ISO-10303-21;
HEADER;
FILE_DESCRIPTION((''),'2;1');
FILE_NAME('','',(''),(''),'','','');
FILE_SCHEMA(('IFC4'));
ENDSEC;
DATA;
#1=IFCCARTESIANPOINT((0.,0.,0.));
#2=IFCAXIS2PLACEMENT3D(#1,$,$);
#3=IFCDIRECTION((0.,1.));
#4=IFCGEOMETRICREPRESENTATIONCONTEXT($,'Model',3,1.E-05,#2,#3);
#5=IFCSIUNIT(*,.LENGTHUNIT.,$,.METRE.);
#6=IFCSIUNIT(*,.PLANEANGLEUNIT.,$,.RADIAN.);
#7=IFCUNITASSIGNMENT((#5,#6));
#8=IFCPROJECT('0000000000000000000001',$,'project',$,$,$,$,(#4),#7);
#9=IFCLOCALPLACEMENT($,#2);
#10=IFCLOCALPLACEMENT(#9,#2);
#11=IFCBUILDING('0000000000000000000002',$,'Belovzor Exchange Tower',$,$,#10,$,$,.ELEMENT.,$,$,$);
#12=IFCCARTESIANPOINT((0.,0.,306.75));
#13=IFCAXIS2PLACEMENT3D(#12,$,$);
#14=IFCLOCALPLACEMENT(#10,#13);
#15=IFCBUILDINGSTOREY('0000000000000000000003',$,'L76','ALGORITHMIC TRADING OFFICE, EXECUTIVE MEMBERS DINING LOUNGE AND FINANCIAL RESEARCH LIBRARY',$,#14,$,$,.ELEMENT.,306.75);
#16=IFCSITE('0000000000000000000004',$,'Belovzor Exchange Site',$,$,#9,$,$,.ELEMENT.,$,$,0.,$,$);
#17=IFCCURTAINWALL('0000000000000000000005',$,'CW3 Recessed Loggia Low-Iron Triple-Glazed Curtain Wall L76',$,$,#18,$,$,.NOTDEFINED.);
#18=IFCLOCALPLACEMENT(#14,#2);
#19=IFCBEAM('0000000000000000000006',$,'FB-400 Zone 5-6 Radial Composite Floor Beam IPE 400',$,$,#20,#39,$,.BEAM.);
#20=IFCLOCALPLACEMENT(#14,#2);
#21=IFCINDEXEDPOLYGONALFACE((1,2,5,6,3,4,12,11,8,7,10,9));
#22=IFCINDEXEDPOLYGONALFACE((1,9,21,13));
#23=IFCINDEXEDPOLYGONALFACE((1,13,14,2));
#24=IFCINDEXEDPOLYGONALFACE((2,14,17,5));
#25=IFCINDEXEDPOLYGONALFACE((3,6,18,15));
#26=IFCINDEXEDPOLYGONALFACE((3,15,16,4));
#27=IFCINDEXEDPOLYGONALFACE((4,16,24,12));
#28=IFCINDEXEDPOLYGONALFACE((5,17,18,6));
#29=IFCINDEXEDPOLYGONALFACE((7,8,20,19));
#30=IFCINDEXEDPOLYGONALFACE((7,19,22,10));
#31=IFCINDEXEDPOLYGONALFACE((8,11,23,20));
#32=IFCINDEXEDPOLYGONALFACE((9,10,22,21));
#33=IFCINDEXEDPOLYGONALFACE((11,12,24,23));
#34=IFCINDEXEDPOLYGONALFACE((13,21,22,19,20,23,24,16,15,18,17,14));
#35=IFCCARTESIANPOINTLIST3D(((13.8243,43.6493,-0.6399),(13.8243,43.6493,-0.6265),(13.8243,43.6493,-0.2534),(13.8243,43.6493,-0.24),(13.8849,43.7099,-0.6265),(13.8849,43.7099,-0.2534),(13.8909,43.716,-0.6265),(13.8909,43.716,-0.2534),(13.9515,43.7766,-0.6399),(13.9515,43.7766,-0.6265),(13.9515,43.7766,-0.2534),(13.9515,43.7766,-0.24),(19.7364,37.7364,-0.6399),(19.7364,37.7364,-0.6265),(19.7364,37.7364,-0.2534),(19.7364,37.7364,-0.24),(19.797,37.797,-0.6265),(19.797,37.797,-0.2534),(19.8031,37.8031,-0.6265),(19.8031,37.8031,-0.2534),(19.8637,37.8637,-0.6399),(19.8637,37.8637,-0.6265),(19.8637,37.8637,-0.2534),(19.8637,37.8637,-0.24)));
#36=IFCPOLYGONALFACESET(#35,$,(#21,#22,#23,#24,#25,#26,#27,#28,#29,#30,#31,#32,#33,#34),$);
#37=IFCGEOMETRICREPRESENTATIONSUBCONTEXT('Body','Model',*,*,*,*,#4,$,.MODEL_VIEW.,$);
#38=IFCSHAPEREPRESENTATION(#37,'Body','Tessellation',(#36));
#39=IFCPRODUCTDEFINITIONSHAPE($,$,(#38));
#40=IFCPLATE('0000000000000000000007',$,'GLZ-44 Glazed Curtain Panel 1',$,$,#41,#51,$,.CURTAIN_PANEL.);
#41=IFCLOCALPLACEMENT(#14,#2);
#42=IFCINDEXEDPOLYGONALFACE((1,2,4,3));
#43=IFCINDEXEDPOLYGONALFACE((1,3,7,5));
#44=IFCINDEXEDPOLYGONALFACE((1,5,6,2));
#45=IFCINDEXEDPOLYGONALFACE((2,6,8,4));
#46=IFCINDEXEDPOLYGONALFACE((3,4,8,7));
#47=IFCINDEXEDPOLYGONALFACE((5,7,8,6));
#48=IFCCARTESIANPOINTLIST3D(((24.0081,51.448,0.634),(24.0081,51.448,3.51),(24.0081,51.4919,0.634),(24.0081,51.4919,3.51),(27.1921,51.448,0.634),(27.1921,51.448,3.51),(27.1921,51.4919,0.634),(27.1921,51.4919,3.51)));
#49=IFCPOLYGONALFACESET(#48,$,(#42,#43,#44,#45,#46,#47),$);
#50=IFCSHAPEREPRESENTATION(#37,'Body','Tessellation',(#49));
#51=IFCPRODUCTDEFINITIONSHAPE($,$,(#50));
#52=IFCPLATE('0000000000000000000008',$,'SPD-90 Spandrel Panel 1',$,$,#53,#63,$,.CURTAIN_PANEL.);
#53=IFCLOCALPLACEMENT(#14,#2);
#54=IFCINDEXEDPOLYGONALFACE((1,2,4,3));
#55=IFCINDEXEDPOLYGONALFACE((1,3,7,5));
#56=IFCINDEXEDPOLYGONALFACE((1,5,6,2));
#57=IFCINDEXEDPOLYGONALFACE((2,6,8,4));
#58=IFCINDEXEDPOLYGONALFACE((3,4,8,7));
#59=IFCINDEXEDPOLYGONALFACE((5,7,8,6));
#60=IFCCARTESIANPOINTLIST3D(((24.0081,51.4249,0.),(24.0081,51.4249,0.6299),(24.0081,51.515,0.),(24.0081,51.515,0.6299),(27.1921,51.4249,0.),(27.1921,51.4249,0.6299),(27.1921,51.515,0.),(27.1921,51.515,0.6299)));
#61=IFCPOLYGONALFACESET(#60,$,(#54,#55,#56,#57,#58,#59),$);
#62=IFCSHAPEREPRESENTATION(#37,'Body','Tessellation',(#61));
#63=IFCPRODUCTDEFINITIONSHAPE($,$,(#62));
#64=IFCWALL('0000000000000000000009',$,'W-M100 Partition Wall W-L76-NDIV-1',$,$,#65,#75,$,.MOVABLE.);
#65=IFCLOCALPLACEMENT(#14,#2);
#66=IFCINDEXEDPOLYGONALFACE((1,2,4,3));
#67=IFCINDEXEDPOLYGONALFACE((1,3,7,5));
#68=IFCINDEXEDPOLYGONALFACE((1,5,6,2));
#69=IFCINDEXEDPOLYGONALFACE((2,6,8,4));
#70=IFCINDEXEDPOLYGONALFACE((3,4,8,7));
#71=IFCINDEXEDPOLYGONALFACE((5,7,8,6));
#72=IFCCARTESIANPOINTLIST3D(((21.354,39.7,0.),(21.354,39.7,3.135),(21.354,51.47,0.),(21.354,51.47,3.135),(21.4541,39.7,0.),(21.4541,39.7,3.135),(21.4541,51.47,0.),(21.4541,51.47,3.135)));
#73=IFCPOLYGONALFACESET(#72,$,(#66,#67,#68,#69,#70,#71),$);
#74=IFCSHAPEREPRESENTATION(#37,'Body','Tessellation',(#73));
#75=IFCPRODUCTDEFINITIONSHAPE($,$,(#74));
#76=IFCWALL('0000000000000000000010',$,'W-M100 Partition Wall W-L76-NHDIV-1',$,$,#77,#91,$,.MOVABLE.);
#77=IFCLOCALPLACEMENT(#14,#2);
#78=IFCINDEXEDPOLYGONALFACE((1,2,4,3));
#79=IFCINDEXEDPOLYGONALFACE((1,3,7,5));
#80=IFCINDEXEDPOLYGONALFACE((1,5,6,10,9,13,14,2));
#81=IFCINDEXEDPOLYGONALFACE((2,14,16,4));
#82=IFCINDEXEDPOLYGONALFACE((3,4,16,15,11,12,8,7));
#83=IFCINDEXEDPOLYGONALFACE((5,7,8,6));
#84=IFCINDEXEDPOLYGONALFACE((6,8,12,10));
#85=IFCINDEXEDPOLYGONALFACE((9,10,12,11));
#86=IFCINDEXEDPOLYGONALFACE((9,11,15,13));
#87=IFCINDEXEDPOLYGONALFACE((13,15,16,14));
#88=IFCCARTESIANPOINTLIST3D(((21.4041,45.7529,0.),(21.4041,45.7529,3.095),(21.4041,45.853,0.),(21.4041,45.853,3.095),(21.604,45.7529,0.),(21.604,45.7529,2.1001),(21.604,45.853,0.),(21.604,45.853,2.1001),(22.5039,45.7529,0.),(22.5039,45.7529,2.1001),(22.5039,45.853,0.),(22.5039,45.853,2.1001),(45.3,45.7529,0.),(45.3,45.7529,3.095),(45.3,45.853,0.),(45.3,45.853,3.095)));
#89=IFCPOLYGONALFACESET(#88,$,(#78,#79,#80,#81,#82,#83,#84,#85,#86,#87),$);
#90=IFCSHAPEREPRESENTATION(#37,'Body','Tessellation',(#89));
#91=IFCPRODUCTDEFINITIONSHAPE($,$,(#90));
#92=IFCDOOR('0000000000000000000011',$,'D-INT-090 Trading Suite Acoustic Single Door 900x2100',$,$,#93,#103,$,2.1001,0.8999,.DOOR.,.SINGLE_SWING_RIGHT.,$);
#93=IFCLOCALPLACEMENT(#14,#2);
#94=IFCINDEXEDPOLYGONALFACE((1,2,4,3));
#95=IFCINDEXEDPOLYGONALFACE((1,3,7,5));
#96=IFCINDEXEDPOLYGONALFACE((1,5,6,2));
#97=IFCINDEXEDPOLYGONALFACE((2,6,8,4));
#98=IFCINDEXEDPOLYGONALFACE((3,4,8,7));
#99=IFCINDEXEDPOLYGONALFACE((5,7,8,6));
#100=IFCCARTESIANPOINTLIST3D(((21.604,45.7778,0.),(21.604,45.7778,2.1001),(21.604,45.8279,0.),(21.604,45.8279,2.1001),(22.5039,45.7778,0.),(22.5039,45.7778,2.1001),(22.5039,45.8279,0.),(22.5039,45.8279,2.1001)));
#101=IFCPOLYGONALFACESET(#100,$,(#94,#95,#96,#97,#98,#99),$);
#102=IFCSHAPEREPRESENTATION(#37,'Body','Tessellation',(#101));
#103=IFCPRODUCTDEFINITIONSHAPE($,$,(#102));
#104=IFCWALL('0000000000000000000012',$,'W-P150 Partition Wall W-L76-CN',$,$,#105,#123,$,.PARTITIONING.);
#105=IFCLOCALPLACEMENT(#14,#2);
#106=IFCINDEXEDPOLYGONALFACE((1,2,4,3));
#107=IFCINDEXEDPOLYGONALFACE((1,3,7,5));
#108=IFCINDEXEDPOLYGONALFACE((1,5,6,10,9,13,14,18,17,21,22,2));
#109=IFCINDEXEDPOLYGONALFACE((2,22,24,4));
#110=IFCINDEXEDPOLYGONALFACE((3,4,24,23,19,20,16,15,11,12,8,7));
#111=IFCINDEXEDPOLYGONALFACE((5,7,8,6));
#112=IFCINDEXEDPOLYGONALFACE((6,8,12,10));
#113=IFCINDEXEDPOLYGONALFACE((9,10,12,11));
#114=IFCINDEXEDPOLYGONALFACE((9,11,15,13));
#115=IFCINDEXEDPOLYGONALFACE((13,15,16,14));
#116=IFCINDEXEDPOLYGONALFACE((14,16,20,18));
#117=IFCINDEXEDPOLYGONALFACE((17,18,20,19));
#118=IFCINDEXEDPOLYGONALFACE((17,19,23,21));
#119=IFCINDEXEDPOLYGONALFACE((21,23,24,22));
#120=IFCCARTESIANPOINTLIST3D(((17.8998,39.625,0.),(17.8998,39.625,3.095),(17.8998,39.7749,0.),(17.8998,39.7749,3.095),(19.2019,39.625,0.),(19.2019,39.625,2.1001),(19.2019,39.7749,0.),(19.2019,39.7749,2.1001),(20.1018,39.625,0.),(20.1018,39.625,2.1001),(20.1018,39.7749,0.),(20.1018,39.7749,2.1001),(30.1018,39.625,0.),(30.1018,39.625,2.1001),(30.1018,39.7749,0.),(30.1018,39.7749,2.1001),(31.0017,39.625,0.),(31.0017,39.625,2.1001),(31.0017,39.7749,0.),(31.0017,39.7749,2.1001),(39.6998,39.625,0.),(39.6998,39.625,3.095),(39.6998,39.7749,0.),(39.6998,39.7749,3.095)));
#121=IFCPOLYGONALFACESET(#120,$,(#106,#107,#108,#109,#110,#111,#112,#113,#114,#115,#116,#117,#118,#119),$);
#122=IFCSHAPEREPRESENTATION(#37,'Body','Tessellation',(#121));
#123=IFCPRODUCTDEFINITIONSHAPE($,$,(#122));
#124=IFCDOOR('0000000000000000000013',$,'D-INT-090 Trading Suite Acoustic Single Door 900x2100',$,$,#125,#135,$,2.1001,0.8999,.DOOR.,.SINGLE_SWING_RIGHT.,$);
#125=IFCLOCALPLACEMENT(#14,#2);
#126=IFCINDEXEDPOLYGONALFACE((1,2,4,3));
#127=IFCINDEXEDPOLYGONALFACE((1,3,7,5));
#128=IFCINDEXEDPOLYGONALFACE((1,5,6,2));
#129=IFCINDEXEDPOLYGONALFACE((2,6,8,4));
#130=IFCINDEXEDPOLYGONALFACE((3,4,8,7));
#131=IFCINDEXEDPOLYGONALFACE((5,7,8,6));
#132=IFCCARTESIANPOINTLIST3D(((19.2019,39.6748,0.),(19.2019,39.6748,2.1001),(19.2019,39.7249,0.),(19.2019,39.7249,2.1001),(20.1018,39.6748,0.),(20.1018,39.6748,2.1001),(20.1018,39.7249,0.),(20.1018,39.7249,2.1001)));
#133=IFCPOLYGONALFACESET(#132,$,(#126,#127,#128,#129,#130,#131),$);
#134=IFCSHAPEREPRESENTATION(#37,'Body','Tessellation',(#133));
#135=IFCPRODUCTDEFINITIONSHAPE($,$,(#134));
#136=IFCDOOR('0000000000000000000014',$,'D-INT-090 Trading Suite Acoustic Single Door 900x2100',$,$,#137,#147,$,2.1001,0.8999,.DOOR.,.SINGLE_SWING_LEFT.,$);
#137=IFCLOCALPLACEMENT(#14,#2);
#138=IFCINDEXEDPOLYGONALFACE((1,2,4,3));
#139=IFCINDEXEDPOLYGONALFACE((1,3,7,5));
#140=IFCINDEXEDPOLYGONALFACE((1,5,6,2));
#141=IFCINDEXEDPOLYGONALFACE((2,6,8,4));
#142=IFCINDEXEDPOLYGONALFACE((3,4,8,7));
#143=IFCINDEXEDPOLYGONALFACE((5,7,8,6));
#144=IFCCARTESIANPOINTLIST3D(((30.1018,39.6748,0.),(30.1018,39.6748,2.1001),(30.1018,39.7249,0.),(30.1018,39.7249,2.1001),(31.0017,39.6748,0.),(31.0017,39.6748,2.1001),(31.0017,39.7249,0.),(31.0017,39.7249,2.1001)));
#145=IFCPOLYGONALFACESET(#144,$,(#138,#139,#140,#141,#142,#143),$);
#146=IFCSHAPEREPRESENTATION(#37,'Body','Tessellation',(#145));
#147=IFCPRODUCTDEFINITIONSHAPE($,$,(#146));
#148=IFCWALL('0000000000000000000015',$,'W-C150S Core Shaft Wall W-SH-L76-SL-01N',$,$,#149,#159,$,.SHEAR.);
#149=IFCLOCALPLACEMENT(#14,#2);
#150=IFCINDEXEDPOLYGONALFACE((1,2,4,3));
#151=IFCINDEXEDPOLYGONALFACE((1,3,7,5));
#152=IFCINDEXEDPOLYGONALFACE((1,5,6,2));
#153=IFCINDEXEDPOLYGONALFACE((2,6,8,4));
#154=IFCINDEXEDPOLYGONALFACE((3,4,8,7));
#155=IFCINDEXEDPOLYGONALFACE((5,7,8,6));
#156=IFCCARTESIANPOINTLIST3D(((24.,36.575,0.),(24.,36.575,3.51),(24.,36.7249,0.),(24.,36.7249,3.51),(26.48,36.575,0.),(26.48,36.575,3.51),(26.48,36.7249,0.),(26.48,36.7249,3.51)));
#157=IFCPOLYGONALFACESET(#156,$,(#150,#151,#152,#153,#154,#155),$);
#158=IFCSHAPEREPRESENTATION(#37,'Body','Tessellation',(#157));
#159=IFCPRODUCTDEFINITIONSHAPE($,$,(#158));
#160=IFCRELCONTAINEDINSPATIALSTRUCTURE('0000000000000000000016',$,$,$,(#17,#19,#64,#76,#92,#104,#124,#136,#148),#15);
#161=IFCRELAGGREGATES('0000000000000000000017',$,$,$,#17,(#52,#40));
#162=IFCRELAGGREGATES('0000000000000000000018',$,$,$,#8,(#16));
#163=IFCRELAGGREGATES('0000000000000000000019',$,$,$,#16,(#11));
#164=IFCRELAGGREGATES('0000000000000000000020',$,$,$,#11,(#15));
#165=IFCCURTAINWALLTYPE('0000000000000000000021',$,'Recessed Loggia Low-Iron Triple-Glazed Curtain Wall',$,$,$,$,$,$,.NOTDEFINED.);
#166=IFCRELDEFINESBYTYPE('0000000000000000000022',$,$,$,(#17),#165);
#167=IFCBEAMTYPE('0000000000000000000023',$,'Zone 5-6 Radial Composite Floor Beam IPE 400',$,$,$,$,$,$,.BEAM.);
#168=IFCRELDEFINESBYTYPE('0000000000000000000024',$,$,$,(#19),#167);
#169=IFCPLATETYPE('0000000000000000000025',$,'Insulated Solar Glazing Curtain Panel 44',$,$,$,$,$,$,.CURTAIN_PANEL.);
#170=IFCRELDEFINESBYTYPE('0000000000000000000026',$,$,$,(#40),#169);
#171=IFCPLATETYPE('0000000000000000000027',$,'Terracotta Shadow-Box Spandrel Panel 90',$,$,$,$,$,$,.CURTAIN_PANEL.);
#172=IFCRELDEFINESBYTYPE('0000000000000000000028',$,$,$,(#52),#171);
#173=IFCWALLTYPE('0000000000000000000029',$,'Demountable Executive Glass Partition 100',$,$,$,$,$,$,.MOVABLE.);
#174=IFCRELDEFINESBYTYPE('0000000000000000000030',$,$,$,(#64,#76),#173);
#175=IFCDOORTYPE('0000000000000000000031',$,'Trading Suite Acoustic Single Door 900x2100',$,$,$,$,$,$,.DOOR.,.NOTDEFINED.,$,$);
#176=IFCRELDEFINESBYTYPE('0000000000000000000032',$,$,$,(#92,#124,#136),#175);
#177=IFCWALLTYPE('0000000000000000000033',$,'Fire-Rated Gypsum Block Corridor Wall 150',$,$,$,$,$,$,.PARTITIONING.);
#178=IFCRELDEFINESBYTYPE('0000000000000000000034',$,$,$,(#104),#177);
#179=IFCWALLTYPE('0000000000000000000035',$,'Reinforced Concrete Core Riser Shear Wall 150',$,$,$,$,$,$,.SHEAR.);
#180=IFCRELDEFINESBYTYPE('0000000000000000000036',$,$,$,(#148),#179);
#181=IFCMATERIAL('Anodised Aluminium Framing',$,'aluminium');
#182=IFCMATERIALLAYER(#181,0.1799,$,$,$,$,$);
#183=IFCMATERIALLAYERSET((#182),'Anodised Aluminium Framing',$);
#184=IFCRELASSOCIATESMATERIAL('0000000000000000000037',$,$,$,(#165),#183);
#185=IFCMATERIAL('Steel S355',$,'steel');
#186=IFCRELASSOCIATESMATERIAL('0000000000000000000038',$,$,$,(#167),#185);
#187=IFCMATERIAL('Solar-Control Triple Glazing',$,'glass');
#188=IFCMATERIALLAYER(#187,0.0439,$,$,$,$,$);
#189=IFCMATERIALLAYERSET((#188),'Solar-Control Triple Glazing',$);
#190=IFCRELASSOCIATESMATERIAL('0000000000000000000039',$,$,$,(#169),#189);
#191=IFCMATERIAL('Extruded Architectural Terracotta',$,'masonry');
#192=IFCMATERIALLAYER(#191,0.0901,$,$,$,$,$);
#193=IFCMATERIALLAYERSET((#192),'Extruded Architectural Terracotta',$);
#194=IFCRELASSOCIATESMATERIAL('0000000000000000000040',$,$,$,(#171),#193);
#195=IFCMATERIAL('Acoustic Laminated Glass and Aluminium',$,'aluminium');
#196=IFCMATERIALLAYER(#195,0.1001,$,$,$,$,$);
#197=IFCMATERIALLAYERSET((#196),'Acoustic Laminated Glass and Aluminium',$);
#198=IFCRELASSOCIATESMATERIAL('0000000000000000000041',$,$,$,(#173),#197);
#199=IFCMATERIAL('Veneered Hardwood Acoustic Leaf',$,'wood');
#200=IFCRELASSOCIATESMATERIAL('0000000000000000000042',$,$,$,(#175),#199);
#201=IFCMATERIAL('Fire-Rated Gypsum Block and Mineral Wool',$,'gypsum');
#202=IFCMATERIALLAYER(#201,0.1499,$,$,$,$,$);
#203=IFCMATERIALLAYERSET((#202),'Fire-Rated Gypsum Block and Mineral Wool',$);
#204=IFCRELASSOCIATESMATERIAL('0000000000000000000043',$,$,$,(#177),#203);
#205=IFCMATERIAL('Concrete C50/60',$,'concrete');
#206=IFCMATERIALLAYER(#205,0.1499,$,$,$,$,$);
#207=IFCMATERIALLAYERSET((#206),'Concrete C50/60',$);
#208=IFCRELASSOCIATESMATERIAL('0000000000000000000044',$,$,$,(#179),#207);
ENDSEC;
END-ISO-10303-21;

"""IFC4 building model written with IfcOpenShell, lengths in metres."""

from ifc_helpers import new_model, si_unit, direction, frame, frame_2d, origin, origin_2d, place, context, subcontext, project, spatial, rectangle, i_section, extrude, material, layer, layer_set, material_profile, profile_set, type_object, element, fill, aggregate, save


model = new_model("IFC4")

# Units and contexts
model_context = context("Model", 3, precision=1e-05, world=origin(), true_north=direction((0.0, 1.0)))
body_context = subcontext(model_context, "Body", "Model", "MODEL_VIEW")
ifc_project = project(units=[si_unit("LENGTHUNIT", "METRE"), si_unit("PLANEANGLEUNIT", "RADIAN")], contexts=[model_context])

# Site, building, storey
site_placement = place(None, origin())
site = spatial("IfcSite", under=ifc_project, at=site_placement, Name="Belovzor Exchange Site", CompositionType="ELEMENT", RefElevation=0.0)
building_placement = place(site_placement, origin())
building = spatial("IfcBuilding", under=site, at=building_placement, Name="Belovzor Exchange Tower", CompositionType="ELEMENT")
storey_placement = place(building_placement, frame((0.0, 0.0, 306.75)))
storey = spatial("IfcBuildingStorey", under=building, at=storey_placement, Name="L76", Description="ALGORITHMIC TRADING OFFICE, EXECUTIVE MEMBERS DINING LOUNGE AND FINANCIAL RESEARCH LIBRARY", CompositionType="ELEMENT", Elevation=306.75)

# Curtain wall
ifc_material_1 = material(Name="Anodised Aluminium Framing", Category="aluminium")
ifc_layer_1 = layer(ifc_material_1, 0.1799)
ifc_layer_set_1 = layer_set([ifc_layer_1], Name="Anodised Aluminium Framing")
curtain_wall_type = type_object("IfcCurtainWallType", Name="Recessed Loggia Low-Iron Triple-Glazed Curtain Wall", PredefinedType="NOTDEFINED", material=ifc_layer_set_1)
curtain_wall_placement = place(storey_placement, origin())
curtain_wall = element("IfcCurtainWall", 1, at=curtain_wall_placement, inside=storey, type_object=curtain_wall_type, Name="CW3 Recessed Loggia Low-Iron Triple-Glazed Curtain Wall L76", PredefinedType="NOTDEFINED")

# Beam
ifc_material_2 = material(Name="Steel S355", Category="steel")
ifc_material_profile_1 = material_profile(ifc_material_2, i_section(OverallWidth=0.1799, OverallDepth=0.3999, WebThickness=0.0085, FlangeThickness=0.0134, at=origin_2d()))
ifc_profile_set_1 = profile_set([ifc_material_profile_1], Name="Steel S355")
beam_type_1 = type_object("IfcBeamType", Name="Zone 5-6 Radial Composite Floor Beam IPE 400", PredefinedType="BEAM", material=ifc_profile_set_1)
beam_1_placement = place(storey_placement, frame((19.8, 37.8, -0.4399), z_axis=(-0.707063, 0.707151, 0.0), x_axis=(-0.707151, -0.707063, 0.0)))
element("IfcBeam", 2, at=beam_1_placement, inside=storey, type_object=beam_type_1, Name="FB-400 Zone 5-6 Radial Composite Floor Beam IPE 400", PredefinedType="BEAM", context=body_context, shape_type="SweptSolid", body=[
    extrude(i_section(OverallWidth=0.1799, OverallDepth=0.3999, WebThickness=0.0085, FlangeThickness=0.0134, at=origin_2d()), origin(), (0.0, 0.0, 1.0), 8.3616),
])

# Plates
ifc_material_3 = material(Name="Solar-Control Triple Glazing", Category="glass")
ifc_layer_2 = layer(ifc_material_3, 0.0439)
ifc_layer_set_2 = layer_set([ifc_layer_2], Name="Solar-Control Triple Glazing")
plate_type_1 = type_object("IfcPlateType", Name="Insulated Solar Glazing Curtain Panel 44", PredefinedType="CURTAIN_PANEL", material=ifc_layer_set_2)
plate_1_placement = place(storey_placement, frame((25.6001, 51.47, 0.634), z_axis=(0.0, 0.0, 1.0), x_axis=(1.0, 0.0, 0.0)))
plate_1 = element("IfcPlate", 3, at=plate_1_placement, type_object=plate_type_1, Name="GLZ-44 Glazed Curtain Panel 1", PredefinedType="CURTAIN_PANEL", context=body_context, shape_type="SweptSolid", body=[
    extrude(rectangle(XDim=3.1841, YDim=0.0439, at=origin_2d()), origin(), (0.0, 0.0, 1.0), 2.876),
])
ifc_material_4 = material(Name="Extruded Architectural Terracotta", Category="masonry")
ifc_layer_3 = layer(ifc_material_4, 0.0901)
ifc_layer_set_3 = layer_set([ifc_layer_3], Name="Extruded Architectural Terracotta")
plate_type_2 = type_object("IfcPlateType", Name="Terracotta Shadow-Box Spandrel Panel 90", PredefinedType="CURTAIN_PANEL", material=ifc_layer_set_3)
plate_2_placement = place(storey_placement, frame((25.6001, 51.47, 0.0), z_axis=(0.0, 0.0, 1.0), x_axis=(1.0, 0.0, 0.0)))
plate_2 = element("IfcPlate", 4, at=plate_2_placement, type_object=plate_type_2, Name="SPD-90 Spandrel Panel 1", PredefinedType="CURTAIN_PANEL", context=body_context, shape_type="SweptSolid", body=[
    extrude(rectangle(XDim=3.1841, YDim=0.0901, at=origin_2d()), origin(), (0.0, 0.0, 1.0), 0.6299),
])
aggregate(curtain_wall, [plate_2, plate_1])

# Wall
ifc_material_5 = material(Name="Acoustic Laminated Glass and Aluminium", Category="aluminium")
ifc_layer_4 = layer(ifc_material_5, 0.1001)
ifc_layer_set_4 = layer_set([ifc_layer_4], Name="Acoustic Laminated Glass and Aluminium")
wall_type_1 = type_object("IfcWallType", Name="Demountable Executive Glass Partition 100", PredefinedType="MOVABLE", material=ifc_layer_set_4)
wall_1_placement = place(storey_placement, frame((21.4041, 39.7, 0.0), z_axis=(0.0, 0.0, 1.0), x_axis=(0.0, 1.0, 0.0)))
element("IfcWall", 5, at=wall_1_placement, inside=storey, type_object=wall_type_1, Name="W-M100 Partition Wall W-L76-NDIV-1", PredefinedType="MOVABLE", context=body_context, shape_type="SweptSolid", body=[
    extrude(rectangle(XDim=11.77, YDim=0.1001, at=frame_2d((5.885, 0.0))), origin(), (0.0, 0.0, 1.0), 3.135),
])

# Wall, opening, door
wall_2_placement = place(storey_placement, frame((21.4041, 45.803, 0.0), z_axis=(0.0, 0.0, 1.0), x_axis=(1.0, 0.0, 0.0)))
wall_2 = element("IfcWall", 6, at=wall_2_placement, inside=storey, type_object=wall_type_1, Name="W-M100 Partition Wall W-L76-NHDIV-1", PredefinedType="MOVABLE", context=body_context, shape_type="SweptSolid", body=[
    extrude(rectangle(XDim=23.896, YDim=0.1001, at=frame_2d((11.948, 0.0))), origin(), (0.0, 0.0, 1.0), 3.095),
])
opening_1_placement = place(wall_2_placement, frame((0.2, 0.0, 0.0)))
opening_1 = element("IfcOpeningElement", 7, at=opening_1_placement, cuts=wall_2, PredefinedType="OPENING", context=body_context, shape_type="SweptSolid", body=[
    extrude(rectangle(XDim=0.8999, YDim=2.1001, at=frame_2d((0.45, 1.05))), frame((0.0, 0.0601, 0.0), z_axis=(0.0, -1.0, 0.0), x_axis=(1.0, 0.0, 0.0)), (0.0, 0.0, 1.0), 0.1201),
])
ifc_material_6 = material(Name="Veneered Hardwood Acoustic Leaf", Category="wood")
door_type_1 = type_object("IfcDoorType", Name="Trading Suite Acoustic Single Door 900x2100", OperationType="NOTDEFINED", PredefinedType="DOOR", material=ifc_material_6)
door_1_placement = place(opening_1_placement, origin())
door_1 = element("IfcDoor", 8, at=door_1_placement, inside=storey, type_object=door_type_1, Name="D-INT-090 Trading Suite Acoustic Single Door 900x2100", OperationType="SINGLE_SWING_RIGHT", OverallHeight=2.1001, OverallWidth=0.8999, PredefinedType="DOOR", context=body_context, shape_type="SweptSolid", body=[
    extrude(rectangle(XDim=0.8999, YDim=2.1001, at=frame_2d((0.45, 1.05))), frame((0.0, 0.0249, 0.0), z_axis=(0.0, -1.0, 0.0), x_axis=(1.0, 0.0, 0.0)), (0.0, 0.0, 1.0), 0.05),
])
fill(opening_1, door_1)

# Wall, openings, doors
ifc_material_7 = material(Name="Fire-Rated Gypsum Block and Mineral Wool", Category="gypsum")
ifc_layer_5 = layer(ifc_material_7, 0.1499)
ifc_layer_set_5 = layer_set([ifc_layer_5], Name="Fire-Rated Gypsum Block and Mineral Wool")
wall_type_2 = type_object("IfcWallType", Name="Fire-Rated Gypsum Block Corridor Wall 150", PredefinedType="PARTITIONING", material=ifc_layer_set_5)
wall_3_placement = place(storey_placement, frame((17.8999, 39.7, 0.0), z_axis=(0.0, 0.0, 1.0), x_axis=(1.0, 0.0, 0.0)))
wall_3 = element("IfcWall", 9, at=wall_3_placement, inside=storey, type_object=wall_type_2, Name="W-P150 Partition Wall W-L76-CN", PredefinedType="PARTITIONING", context=body_context, shape_type="SweptSolid", body=[
    extrude(rectangle(XDim=21.8, YDim=0.1499, at=frame_2d((10.8999, 0.0))), origin(), (0.0, 0.0, 1.0), 3.095),
])
opening_2_placement = place(wall_3_placement, frame((1.302, 0.0, 0.0)))
opening_2 = element("IfcOpeningElement", 10, at=opening_2_placement, cuts=wall_3, PredefinedType="OPENING", context=body_context, shape_type="SweptSolid", body=[
    extrude(rectangle(XDim=0.8999, YDim=2.1001, at=frame_2d((0.45, 1.05))), frame((0.0, 0.085, 0.0), z_axis=(0.0, -1.0, 0.0), x_axis=(1.0, 0.0, 0.0)), (0.0, 0.0, 1.0), 0.1699),
])
opening_3_placement = place(wall_3_placement, frame((12.2019, 0.0, 0.0)))
opening_3 = element("IfcOpeningElement", 11, at=opening_3_placement, cuts=wall_3, PredefinedType="OPENING", context=body_context, shape_type="SweptSolid", body=[
    extrude(rectangle(XDim=0.8999, YDim=2.1001, at=frame_2d((0.45, 1.05))), frame((0.0, 0.085, 0.0), z_axis=(0.0, -1.0, 0.0), x_axis=(1.0, 0.0, 0.0)), (0.0, 0.0, 1.0), 0.1699),
])
door_2_placement = place(opening_2_placement, origin())
door_2 = element("IfcDoor", 12, at=door_2_placement, inside=storey, type_object=door_type_1, Name="D-INT-090 Trading Suite Acoustic Single Door 900x2100", OperationType="SINGLE_SWING_RIGHT", OverallHeight=2.1001, OverallWidth=0.8999, PredefinedType="DOOR", context=body_context, shape_type="SweptSolid", body=[
    extrude(rectangle(XDim=0.8999, YDim=2.1001, at=frame_2d((0.45, 1.05))), frame((0.0, 0.0249, 0.0), z_axis=(0.0, -1.0, 0.0), x_axis=(1.0, 0.0, 0.0)), (0.0, 0.0, 1.0), 0.05),
])
fill(opening_2, door_2)
door_3_placement = place(opening_3_placement, origin())
door_3 = element("IfcDoor", 13, at=door_3_placement, inside=storey, type_object=door_type_1, Name="D-INT-090 Trading Suite Acoustic Single Door 900x2100", OperationType="SINGLE_SWING_LEFT", OverallHeight=2.1001, OverallWidth=0.8999, PredefinedType="DOOR", context=body_context, shape_type="SweptSolid", body=[
    extrude(rectangle(XDim=0.8999, YDim=2.1001, at=frame_2d((0.45, 1.05))), frame((0.0, 0.0249, 0.0), z_axis=(0.0, -1.0, 0.0), x_axis=(1.0, 0.0, 0.0)), (0.0, 0.0, 1.0), 0.05),
])
fill(opening_3, door_3)

# Wall
ifc_material_8 = material(Name="Concrete C50/60", Category="concrete")
ifc_layer_6 = layer(ifc_material_8, 0.1499)
ifc_layer_set_6 = layer_set([ifc_layer_6], Name="Concrete C50/60")
wall_type_3 = type_object("IfcWallType", Name="Reinforced Concrete Core Riser Shear Wall 150", PredefinedType="SHEAR", material=ifc_layer_set_6)
wall_4_placement = place(storey_placement, frame((24.0, 36.6499, 0.0), z_axis=(0.0, 0.0, 1.0), x_axis=(1.0, 0.0, 0.0)))
element("IfcWall", 14, at=wall_4_placement, inside=storey, type_object=wall_type_3, Name="W-C150S Core Shaft Wall W-SH-L76-SL-01N", PredefinedType="SHEAR", context=body_context, shape_type="SweptSolid", body=[
    extrude(rectangle(XDim=2.48, YDim=0.1499, at=frame_2d((1.24, 0.0))), origin(), (0.0, 0.0, 1.0), 3.51),
])

save(model, "model.ifc")
